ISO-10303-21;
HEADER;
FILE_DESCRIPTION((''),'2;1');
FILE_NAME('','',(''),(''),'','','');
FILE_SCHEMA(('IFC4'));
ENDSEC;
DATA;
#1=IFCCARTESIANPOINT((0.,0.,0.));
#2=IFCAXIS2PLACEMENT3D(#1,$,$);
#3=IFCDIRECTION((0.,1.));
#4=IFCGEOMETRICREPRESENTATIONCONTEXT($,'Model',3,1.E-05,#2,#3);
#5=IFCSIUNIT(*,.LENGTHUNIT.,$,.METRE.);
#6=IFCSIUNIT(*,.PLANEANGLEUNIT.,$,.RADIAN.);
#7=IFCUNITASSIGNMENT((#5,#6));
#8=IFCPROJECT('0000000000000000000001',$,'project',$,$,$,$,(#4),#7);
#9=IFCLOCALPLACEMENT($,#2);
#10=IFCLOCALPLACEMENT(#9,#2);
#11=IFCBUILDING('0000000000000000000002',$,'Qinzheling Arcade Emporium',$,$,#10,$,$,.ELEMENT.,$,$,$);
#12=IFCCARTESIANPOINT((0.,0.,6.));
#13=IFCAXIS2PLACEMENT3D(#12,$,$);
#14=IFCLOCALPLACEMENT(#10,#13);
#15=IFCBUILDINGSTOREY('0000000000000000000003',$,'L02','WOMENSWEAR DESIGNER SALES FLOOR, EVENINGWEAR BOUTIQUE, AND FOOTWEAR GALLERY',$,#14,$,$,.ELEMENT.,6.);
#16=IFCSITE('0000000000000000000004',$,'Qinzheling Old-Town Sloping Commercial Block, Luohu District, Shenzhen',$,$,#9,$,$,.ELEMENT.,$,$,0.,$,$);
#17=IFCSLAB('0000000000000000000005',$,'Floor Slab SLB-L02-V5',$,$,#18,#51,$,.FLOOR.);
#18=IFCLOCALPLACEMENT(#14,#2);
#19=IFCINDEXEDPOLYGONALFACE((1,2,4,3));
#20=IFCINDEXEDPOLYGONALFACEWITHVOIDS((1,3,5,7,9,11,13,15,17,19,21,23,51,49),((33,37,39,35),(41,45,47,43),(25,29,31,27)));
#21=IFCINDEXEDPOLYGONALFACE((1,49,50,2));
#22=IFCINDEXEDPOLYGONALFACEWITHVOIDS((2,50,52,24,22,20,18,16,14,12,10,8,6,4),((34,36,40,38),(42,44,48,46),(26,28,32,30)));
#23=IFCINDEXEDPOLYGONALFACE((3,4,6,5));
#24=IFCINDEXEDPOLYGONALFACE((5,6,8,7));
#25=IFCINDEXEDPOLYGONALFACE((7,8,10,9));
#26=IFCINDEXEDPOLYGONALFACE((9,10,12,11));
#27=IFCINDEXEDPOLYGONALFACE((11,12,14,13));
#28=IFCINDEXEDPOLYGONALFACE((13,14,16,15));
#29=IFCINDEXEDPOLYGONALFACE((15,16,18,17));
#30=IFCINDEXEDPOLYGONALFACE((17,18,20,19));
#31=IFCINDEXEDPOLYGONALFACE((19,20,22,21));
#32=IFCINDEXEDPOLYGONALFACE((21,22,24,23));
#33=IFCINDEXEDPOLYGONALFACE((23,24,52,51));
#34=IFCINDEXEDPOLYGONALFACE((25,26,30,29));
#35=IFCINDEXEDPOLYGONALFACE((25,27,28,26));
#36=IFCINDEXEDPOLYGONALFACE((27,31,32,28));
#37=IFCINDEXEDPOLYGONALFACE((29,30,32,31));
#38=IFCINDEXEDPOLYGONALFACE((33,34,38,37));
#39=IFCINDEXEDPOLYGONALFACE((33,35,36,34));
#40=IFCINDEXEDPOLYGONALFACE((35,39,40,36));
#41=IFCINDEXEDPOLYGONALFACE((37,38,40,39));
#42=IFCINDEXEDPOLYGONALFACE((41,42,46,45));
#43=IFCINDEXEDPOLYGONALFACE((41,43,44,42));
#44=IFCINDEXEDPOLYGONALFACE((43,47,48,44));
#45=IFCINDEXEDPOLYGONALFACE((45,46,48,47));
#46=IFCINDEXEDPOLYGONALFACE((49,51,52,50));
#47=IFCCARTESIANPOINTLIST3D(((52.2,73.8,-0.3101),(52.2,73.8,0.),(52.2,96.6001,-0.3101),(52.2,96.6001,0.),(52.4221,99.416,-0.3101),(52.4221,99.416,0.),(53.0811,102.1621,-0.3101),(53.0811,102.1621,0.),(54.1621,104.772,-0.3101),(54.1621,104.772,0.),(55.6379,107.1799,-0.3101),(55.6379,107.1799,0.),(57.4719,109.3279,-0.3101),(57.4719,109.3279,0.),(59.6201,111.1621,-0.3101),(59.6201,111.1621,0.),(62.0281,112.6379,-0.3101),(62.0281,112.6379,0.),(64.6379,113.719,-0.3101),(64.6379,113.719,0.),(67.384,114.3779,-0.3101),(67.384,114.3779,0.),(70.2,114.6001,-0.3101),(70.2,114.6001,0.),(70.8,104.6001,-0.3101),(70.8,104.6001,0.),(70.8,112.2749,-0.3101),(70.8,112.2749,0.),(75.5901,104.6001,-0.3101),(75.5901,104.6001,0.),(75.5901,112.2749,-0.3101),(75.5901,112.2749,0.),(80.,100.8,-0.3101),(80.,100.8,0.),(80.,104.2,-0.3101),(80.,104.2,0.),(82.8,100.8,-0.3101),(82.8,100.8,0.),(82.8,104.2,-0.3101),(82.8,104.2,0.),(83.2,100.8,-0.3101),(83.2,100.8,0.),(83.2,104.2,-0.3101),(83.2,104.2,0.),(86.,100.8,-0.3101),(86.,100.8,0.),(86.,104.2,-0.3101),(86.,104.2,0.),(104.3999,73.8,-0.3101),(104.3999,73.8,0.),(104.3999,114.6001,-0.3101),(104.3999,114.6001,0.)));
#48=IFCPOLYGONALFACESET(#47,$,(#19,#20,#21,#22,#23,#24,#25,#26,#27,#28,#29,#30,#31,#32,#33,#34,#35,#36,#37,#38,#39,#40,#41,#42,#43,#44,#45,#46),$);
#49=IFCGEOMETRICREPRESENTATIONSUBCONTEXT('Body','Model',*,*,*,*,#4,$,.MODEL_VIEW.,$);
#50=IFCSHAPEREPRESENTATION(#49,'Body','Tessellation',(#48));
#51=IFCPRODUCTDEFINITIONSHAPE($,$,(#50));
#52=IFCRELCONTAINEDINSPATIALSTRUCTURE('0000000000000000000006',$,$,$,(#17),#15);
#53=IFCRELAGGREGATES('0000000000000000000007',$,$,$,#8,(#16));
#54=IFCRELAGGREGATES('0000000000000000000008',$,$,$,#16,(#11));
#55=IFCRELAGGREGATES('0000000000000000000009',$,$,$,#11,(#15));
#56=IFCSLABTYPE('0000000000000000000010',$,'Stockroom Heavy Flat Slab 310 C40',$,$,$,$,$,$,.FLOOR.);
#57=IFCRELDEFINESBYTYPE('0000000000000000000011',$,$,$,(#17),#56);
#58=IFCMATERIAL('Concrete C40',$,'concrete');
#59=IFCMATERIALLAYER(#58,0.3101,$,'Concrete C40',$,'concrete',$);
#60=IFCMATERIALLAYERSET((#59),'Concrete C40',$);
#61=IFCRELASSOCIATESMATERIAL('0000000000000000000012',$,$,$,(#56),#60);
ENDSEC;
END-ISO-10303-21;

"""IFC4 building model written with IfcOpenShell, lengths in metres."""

from ifc_helpers import new_model, si_unit, direction, frame, origin, place, context, subcontext, project, spatial, polyline, outline, extrude, material, layer, layer_set, type_object, element, save


model = new_model("IFC4")

# Units and contexts
model_context = context("Model", 3, precision=1e-05, world=origin(), true_north=direction((0.0, 1.0)))
body_context = subcontext(model_context, "Body", "Model", "MODEL_VIEW")
ifc_project = project(units=[si_unit("LENGTHUNIT", "METRE"), si_unit("PLANEANGLEUNIT", "RADIAN")], contexts=[model_context])

# Site, building, storey
site_placement = place(None, origin())
site = spatial("IfcSite", under=ifc_project, at=site_placement, Name="Qinzheling Old-Town Sloping Commercial Block, Luohu District, Shenzhen", CompositionType="ELEMENT", RefElevation=0.0)
building_placement = place(site_placement, origin())
building = spatial("IfcBuilding", under=site, at=building_placement, Name="Qinzheling Arcade Emporium", CompositionType="ELEMENT")
storey_placement = place(building_placement, frame((0.0, 0.0, 6.0)))
storey = spatial("IfcBuildingStorey", under=building, at=storey_placement, Name="L02", Description="WOMENSWEAR DESIGNER SALES FLOOR, EVENINGWEAR BOUTIQUE, AND FOOTWEAR GALLERY", CompositionType="ELEMENT", Elevation=6.0)

# Slab
ifc_material = material(Name="Concrete C40", Category="concrete")
ifc_layer_1 = layer(ifc_material, 0.3101, Name="Concrete C40", Category="concrete")
ifc_layer_set_1 = layer_set([ifc_layer_1], Name="Concrete C40")
slab_type_1 = type_object("IfcSlabType", Name="Stockroom Heavy Flat Slab 310 C40", PredefinedType="FLOOR", material=ifc_layer_set_1)
slab_1_placement = place(storey_placement, frame((0.0, 0.0, -0.3101)))
element("IfcSlab", 1, at=slab_1_placement, inside=storey, type_object=slab_type_1, Name="Floor Slab SLB-L02-V5", PredefinedType="FLOOR", context=body_context, shape_type="SweptSolid", body=[
    extrude(outline(polyline([(52.2, 96.6001), (52.2, 73.8), (104.3999, 73.8), (104.3999, 114.6001), (70.2, 114.6001), (67.384, 114.3779), (64.6379, 113.719), (62.0281, 112.6379), (59.6201, 111.1621), (57.4719, 109.3279), (55.6379, 107.1799), (54.1621, 104.772), (53.0811, 102.1621), (52.4221, 99.416), (52.2, 96.6001)]), holes=[polyline([(83.2, 100.8), (83.2, 104.2), (86.0, 104.2), (86.0, 100.8), (83.2, 100.8)]), polyline([(82.8, 100.8), (80.0, 100.8), (80.0, 104.2), (82.8, 104.2), (82.8, 100.8)]), polyline([(75.5901, 104.6001), (70.8, 104.6001), (70.8, 112.2749), (75.5901, 112.2749), (75.5901, 104.6001)])]), origin(), (0.0, 0.0, 1.0), 0.3101),
])

save(model, "model.ifc")
